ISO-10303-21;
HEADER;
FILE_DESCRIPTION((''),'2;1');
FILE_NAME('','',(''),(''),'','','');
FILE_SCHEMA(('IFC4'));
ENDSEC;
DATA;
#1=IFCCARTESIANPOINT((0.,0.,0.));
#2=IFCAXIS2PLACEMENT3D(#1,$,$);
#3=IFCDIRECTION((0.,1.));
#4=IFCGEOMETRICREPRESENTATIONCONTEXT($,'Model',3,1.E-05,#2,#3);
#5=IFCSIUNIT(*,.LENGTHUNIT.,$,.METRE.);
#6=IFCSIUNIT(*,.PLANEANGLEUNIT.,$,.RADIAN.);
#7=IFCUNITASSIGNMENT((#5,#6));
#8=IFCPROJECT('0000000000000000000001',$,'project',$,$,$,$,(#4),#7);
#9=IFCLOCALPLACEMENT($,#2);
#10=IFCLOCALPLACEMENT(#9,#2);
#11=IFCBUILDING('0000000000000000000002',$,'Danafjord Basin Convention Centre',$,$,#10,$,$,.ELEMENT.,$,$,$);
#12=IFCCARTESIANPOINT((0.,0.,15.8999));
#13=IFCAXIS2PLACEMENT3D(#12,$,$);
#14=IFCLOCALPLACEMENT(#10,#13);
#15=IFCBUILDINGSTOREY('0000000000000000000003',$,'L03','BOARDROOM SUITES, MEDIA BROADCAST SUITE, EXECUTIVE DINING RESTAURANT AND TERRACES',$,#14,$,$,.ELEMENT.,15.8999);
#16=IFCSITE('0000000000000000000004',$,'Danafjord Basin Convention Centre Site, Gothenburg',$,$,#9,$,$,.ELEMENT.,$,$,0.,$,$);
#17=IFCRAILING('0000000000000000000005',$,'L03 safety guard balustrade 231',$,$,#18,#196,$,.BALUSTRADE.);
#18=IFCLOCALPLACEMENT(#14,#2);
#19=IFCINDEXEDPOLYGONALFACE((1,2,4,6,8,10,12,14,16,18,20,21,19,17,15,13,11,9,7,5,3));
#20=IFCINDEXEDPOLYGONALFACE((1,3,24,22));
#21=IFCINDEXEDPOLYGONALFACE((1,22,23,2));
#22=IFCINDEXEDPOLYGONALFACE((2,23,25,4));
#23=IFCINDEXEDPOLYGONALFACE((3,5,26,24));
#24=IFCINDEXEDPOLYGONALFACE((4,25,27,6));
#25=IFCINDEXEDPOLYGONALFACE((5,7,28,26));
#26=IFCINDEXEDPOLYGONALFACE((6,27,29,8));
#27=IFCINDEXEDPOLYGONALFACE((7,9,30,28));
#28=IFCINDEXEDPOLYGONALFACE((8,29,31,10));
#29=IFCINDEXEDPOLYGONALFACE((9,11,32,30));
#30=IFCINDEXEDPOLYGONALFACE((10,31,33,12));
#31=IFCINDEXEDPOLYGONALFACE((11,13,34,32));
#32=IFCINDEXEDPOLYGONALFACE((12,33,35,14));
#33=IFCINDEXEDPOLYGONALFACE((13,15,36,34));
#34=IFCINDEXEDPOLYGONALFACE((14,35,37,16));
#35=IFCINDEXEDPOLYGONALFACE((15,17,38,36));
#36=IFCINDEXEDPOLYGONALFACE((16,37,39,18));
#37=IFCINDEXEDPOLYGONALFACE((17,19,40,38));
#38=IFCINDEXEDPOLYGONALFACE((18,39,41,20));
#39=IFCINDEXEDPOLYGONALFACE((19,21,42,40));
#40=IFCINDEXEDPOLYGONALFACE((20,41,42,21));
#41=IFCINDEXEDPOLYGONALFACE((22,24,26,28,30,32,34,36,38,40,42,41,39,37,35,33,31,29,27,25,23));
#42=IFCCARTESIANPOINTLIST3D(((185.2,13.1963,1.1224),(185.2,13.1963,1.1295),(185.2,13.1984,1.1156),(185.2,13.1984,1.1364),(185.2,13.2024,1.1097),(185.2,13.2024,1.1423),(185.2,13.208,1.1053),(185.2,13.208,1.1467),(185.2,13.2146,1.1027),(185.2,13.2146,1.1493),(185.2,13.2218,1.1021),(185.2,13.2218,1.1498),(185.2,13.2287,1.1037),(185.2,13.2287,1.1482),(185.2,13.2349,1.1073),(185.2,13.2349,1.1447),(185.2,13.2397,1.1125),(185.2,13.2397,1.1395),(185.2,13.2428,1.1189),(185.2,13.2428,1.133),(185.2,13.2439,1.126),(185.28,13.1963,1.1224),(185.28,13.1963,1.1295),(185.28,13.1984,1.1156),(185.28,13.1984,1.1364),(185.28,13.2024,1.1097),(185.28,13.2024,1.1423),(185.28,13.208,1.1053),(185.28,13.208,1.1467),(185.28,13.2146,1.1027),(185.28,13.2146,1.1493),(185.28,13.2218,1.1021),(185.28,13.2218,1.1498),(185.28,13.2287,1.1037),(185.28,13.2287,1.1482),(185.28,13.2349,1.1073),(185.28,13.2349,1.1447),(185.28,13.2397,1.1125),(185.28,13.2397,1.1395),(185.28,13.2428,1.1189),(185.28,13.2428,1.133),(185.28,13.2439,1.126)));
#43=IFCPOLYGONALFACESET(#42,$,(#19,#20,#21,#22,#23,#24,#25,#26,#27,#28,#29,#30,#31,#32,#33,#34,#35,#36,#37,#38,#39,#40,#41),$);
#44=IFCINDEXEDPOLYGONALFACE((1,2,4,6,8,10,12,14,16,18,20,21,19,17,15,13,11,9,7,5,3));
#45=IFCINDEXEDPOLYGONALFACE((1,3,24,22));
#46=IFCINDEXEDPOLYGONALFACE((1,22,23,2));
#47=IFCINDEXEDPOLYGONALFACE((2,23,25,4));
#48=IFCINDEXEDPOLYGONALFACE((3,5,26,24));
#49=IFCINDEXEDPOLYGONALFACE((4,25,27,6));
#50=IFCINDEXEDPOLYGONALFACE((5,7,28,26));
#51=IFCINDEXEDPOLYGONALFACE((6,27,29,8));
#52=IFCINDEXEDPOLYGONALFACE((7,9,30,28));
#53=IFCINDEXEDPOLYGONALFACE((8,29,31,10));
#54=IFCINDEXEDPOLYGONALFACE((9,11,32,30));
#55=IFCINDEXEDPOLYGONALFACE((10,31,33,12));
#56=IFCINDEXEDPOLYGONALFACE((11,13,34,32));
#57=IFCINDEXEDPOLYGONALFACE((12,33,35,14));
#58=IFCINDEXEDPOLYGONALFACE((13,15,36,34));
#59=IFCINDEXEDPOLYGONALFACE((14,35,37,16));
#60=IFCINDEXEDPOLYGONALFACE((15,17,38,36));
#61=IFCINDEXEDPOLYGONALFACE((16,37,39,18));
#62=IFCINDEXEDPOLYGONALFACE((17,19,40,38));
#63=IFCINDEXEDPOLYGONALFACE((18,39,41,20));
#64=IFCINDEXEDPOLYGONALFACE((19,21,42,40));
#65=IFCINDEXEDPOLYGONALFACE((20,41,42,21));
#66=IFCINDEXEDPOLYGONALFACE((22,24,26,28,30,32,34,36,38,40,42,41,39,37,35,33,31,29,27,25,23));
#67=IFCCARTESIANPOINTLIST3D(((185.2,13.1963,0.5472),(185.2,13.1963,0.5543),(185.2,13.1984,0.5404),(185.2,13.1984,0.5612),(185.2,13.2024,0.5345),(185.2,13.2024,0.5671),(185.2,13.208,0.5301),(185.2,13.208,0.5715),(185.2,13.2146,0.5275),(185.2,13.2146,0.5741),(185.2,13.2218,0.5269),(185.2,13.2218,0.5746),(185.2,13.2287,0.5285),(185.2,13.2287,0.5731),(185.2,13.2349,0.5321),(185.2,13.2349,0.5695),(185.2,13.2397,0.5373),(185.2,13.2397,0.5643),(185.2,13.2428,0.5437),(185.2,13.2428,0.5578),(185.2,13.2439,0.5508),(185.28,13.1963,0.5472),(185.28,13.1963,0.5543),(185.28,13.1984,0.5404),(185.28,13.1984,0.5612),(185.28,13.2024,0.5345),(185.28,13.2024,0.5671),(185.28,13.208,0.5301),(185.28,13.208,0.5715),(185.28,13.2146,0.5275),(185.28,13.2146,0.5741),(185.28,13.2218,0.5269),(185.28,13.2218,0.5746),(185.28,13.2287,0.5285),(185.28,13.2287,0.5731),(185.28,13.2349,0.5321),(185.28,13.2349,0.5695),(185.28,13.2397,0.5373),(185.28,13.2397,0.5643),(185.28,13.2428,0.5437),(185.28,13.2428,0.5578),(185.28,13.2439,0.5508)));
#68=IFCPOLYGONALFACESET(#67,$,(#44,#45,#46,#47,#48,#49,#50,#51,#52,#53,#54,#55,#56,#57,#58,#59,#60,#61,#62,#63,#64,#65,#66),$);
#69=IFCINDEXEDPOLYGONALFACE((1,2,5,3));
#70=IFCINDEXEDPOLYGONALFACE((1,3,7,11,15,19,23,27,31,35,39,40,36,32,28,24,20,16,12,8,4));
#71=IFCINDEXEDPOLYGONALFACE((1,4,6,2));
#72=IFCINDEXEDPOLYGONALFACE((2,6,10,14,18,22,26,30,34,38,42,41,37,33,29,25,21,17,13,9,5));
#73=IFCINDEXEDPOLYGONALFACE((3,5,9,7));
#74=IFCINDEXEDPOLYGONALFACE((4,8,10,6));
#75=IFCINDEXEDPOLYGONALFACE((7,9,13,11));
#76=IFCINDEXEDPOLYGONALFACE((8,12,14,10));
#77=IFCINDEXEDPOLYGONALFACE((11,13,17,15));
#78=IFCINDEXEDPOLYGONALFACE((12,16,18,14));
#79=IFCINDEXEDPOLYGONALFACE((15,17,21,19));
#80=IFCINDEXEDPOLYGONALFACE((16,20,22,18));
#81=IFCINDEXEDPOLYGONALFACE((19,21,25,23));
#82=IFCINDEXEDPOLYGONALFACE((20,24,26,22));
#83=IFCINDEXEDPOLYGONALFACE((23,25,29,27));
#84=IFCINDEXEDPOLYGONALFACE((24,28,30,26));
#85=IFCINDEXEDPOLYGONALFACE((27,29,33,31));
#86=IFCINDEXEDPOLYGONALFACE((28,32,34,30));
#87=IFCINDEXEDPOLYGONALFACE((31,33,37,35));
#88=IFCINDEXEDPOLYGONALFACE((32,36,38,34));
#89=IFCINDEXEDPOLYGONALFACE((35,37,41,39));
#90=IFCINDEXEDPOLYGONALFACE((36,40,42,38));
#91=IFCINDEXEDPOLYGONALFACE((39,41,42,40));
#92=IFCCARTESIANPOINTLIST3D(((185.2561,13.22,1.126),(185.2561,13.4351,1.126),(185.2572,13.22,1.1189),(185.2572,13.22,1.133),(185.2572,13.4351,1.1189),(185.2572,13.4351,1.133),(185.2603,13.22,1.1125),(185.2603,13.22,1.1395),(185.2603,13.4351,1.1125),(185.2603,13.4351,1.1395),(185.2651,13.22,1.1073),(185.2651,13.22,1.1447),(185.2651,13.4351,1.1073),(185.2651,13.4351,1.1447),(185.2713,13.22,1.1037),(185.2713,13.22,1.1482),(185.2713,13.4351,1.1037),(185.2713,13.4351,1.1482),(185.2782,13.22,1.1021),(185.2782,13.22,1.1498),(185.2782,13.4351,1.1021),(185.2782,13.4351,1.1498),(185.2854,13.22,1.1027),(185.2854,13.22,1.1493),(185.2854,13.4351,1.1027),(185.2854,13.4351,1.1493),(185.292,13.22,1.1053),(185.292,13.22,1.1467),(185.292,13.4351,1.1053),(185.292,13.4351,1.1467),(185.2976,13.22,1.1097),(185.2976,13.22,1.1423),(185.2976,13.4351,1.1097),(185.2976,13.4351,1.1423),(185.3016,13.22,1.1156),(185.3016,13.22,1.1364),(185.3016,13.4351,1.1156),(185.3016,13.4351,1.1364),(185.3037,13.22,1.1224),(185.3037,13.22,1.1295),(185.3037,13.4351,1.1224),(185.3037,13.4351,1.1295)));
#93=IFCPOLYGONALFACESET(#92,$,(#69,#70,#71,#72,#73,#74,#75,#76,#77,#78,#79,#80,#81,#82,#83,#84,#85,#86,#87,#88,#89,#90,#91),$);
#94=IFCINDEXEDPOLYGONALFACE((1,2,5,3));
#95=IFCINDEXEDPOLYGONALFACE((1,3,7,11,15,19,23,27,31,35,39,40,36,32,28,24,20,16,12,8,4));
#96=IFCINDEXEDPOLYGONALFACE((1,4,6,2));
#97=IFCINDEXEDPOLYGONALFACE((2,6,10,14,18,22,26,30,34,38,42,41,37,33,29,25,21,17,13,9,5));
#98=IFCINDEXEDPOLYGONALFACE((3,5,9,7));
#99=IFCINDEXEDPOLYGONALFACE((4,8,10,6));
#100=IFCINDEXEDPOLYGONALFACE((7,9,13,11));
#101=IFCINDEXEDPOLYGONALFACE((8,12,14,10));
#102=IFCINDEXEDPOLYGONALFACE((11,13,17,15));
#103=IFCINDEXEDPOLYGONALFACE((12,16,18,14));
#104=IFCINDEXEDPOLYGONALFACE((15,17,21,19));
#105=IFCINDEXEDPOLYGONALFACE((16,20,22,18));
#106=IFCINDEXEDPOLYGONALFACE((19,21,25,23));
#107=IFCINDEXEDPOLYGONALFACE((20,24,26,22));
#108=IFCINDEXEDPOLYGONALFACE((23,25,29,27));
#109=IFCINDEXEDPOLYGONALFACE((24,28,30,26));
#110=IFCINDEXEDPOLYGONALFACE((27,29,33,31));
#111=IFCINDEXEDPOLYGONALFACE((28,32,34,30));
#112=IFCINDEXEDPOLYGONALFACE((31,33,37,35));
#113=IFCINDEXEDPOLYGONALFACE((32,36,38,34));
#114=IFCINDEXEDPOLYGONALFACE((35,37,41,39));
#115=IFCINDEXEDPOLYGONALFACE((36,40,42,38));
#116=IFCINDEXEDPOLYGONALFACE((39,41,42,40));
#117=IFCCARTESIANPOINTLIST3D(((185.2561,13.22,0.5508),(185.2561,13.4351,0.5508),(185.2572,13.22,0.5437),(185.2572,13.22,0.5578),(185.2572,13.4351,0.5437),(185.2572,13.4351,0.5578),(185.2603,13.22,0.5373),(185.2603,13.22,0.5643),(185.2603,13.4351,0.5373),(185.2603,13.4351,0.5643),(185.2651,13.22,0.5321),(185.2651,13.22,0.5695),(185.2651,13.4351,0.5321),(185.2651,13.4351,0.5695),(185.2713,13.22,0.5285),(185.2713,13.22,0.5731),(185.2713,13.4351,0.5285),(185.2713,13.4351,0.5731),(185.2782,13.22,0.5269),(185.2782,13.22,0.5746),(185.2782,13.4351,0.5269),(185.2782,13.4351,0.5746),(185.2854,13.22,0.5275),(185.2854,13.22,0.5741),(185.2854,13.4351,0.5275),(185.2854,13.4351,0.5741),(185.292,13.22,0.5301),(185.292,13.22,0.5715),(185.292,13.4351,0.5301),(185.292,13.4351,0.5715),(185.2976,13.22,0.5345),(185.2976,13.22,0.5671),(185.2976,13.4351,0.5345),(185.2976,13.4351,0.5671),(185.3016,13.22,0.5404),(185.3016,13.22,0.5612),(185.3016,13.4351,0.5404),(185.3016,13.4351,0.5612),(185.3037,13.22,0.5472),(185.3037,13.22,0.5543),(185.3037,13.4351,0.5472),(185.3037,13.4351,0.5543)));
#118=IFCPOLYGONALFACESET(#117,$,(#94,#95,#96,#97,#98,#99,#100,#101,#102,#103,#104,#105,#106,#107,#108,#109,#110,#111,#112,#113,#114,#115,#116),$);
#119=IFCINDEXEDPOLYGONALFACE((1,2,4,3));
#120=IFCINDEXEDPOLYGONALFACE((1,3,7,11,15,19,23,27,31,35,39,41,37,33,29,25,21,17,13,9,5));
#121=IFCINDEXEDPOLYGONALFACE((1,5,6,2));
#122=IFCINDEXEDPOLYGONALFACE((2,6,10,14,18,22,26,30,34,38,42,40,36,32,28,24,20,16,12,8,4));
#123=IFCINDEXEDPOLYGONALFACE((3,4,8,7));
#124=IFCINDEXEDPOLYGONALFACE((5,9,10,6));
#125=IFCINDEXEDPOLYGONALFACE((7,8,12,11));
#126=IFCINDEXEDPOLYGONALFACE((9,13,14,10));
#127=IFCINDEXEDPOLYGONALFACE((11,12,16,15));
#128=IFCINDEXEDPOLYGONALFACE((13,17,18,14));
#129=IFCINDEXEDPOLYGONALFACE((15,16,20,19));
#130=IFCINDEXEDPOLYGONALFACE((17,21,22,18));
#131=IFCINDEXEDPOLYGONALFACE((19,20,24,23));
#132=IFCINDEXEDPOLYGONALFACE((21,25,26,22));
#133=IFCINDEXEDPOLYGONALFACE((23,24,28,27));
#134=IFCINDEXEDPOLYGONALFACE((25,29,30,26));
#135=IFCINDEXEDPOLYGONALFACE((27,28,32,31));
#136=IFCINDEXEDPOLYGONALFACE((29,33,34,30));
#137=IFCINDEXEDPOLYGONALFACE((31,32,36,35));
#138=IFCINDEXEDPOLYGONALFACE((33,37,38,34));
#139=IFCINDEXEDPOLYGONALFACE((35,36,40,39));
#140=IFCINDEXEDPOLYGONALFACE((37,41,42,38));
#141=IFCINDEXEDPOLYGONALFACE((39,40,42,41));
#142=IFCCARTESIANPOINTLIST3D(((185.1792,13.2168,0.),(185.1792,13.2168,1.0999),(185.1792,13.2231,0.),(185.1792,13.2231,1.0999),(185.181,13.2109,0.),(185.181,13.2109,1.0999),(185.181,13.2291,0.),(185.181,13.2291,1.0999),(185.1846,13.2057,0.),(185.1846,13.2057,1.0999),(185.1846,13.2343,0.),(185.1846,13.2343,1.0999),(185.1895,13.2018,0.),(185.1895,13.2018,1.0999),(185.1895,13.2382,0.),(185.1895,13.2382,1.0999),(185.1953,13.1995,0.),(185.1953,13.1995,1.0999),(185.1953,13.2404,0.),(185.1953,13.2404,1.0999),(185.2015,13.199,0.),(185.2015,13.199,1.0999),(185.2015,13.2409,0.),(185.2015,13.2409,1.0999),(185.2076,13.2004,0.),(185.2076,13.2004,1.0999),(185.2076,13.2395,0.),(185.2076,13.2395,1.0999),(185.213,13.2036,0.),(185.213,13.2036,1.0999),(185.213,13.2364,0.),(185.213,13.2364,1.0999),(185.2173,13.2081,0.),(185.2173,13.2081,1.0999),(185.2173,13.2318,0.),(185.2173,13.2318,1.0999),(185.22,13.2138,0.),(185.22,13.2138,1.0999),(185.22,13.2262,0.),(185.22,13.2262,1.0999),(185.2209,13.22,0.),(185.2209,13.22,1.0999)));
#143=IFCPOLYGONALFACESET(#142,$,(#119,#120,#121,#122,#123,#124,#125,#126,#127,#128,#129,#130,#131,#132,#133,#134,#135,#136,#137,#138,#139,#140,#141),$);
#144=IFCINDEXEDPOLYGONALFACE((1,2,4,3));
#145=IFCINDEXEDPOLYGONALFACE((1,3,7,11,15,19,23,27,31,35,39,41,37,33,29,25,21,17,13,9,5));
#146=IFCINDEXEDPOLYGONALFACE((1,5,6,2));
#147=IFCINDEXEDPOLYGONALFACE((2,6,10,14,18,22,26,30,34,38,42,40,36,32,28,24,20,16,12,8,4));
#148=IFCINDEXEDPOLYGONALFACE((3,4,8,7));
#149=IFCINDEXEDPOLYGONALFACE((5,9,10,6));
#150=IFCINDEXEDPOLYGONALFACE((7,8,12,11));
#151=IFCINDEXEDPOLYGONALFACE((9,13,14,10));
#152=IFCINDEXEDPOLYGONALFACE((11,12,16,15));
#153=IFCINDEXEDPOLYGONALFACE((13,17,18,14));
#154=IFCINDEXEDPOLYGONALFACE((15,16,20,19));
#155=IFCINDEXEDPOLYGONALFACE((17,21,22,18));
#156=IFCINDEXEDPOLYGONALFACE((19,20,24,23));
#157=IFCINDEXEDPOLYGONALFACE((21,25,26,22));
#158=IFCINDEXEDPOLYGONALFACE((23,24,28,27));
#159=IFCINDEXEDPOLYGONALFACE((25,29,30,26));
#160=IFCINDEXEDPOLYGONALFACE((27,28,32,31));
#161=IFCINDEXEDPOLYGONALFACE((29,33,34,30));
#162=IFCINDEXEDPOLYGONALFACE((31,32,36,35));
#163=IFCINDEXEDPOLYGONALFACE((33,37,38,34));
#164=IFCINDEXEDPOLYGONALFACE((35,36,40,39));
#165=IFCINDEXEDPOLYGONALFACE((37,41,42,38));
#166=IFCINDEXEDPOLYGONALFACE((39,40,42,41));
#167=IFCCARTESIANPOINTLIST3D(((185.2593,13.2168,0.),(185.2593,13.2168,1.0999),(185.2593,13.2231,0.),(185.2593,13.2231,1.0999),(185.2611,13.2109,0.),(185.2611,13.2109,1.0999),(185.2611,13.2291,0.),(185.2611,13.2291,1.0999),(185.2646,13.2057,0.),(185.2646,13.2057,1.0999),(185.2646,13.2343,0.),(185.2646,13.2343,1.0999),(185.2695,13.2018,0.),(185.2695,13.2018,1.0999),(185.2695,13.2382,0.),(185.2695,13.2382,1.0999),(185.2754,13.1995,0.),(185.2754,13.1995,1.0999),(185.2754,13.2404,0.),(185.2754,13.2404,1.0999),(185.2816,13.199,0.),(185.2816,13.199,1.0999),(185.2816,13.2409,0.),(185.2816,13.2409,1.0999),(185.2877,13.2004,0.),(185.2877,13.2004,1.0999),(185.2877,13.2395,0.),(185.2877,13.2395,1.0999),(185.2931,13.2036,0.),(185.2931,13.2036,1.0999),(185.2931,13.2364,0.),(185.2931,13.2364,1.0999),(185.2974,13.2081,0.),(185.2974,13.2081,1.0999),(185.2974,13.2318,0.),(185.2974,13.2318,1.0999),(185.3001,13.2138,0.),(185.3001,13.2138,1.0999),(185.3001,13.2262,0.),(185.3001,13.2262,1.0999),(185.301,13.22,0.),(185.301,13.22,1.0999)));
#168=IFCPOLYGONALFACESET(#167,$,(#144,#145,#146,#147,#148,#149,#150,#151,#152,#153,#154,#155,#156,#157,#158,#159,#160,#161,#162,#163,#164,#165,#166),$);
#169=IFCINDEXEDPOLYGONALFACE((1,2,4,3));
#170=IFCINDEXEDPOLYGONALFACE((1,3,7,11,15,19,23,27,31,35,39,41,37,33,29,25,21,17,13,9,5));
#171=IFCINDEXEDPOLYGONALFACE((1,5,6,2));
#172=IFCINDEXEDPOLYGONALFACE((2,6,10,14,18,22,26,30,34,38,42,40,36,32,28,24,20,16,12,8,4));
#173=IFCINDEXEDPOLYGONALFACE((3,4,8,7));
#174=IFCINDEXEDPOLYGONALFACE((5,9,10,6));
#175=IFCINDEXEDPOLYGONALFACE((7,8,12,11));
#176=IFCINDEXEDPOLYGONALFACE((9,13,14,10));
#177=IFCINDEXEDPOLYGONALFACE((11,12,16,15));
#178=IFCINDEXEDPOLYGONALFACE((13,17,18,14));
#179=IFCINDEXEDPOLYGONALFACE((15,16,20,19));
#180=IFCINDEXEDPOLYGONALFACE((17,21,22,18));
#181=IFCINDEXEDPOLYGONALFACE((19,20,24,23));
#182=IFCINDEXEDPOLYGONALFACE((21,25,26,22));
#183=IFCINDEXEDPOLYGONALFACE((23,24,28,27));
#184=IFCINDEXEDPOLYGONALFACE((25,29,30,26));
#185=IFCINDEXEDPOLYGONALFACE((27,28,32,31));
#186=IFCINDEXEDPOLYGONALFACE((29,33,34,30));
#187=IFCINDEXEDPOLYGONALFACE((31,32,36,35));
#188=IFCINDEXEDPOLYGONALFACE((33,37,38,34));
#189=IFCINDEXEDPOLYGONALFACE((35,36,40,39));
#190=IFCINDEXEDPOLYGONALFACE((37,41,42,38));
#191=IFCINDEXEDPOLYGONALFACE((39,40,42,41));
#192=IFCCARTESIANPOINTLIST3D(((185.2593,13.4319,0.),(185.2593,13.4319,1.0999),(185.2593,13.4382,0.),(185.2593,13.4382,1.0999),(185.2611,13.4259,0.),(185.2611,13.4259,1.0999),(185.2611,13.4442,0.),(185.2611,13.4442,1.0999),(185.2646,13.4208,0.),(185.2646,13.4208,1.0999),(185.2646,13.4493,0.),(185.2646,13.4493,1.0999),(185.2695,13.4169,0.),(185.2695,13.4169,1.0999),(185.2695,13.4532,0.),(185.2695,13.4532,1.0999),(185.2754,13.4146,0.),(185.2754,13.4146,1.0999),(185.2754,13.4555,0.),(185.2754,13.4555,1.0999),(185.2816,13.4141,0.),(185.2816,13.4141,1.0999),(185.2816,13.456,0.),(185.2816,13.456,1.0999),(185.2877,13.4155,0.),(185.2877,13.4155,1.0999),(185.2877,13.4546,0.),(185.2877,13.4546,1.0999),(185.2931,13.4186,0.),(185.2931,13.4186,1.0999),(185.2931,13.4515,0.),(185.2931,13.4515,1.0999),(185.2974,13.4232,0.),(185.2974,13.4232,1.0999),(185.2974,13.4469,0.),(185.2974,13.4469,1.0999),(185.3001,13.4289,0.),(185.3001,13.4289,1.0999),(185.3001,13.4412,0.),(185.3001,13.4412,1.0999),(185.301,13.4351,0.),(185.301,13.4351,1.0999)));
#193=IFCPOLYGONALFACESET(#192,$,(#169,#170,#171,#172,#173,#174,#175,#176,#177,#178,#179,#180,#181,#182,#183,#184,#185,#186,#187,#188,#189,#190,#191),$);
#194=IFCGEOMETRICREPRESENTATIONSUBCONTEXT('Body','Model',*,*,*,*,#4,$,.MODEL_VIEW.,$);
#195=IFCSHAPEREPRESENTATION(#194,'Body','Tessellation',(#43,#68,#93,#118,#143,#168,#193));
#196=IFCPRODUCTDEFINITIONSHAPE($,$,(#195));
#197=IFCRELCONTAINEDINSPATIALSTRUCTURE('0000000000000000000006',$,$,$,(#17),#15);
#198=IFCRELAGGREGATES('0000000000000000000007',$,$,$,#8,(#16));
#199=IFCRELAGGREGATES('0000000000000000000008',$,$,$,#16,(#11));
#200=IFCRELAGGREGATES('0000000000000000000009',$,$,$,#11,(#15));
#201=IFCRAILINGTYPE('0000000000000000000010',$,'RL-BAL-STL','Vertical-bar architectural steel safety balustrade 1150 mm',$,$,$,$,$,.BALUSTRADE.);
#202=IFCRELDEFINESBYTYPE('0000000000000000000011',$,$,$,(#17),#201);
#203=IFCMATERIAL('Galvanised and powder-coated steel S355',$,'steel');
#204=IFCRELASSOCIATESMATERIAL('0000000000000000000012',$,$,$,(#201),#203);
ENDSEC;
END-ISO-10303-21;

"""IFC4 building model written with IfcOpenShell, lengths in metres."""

from ifc_helpers import new_model, si_unit, direction, frame, origin, origin_2d, place, context, subcontext, project, spatial, circle, extrude, material, type_object, element, save


model = new_model("IFC4")

# Units and contexts
model_context = context("Model", 3, precision=1e-05, world=origin(), true_north=direction((0.0, 1.0)))
body_context = subcontext(model_context, "Body", "Model", "MODEL_VIEW")
ifc_project = project(units=[si_unit("LENGTHUNIT", "METRE"), si_unit("PLANEANGLEUNIT", "RADIAN")], contexts=[model_context])

# Site, building, storey
site_placement = place(None, origin())
site = spatial("IfcSite", under=ifc_project, at=site_placement, Name="Danafjord Basin Convention Centre Site, Gothenburg", CompositionType="ELEMENT", RefElevation=0.0)
building_placement = place(site_placement, origin())
building = spatial("IfcBuilding", under=site, at=building_placement, Name="Danafjord Basin Convention Centre", CompositionType="ELEMENT")
storey_placement = place(building_placement, frame((0.0, 0.0, 15.8999)))
storey = spatial("IfcBuildingStorey", under=building, at=storey_placement, Name="L03", Description="BOARDROOM SUITES, MEDIA BROADCAST SUITE, EXECUTIVE DINING RESTAURANT AND TERRACES", CompositionType="ELEMENT", Elevation=15.8999)

# Railing
ifc_material_1 = material(Name="Galvanised and powder-coated steel S355", Category="steel")
railing_type_1 = type_object("IfcRailingType", Name="RL-BAL-STL", Description="Vertical-bar architectural steel safety balustrade 1150 mm", PredefinedType="BALUSTRADE", material=ifc_material_1)
railing_1_placement = place(storey_placement, frame((185.2, 13.22, 0.0)))
element("IfcRailing", 1, at=railing_1_placement, inside=storey, type_object=railing_type_1, Name="L03 safety guard balustrade 231", PredefinedType="BALUSTRADE", context=body_context, shape_type="SweptSolid", body=[
    extrude(circle(Radius=0.0239, at=origin_2d()), frame((0.0, 0.0, 1.126), z_axis=(1.0, 0.0, 0.0), x_axis=(0.0, 1.0, 0.0)), (0.0, 0.0, 1.0), 0.0801),
    extrude(circle(Radius=0.0239, at=origin_2d()), frame((0.0, 0.0, 0.5508), z_axis=(1.0, 0.0, 0.0), x_axis=(0.0, 1.0, 0.0)), (0.0, 0.0, 1.0), 0.0801),
    extrude(circle(Radius=0.0239, at=origin_2d()), frame((0.0801, 0.0, 1.126), z_axis=(0.0, 1.0, 0.0), x_axis=(-1.0, 0.0, 0.0)), (0.0, 0.0, 1.0), 0.2151),
    extrude(circle(Radius=0.0239, at=origin_2d()), frame((0.0801, 0.0, 0.5508), z_axis=(0.0, 1.0, 0.0), x_axis=(-1.0, 0.0, 0.0)), (0.0, 0.0, 1.0), 0.2151),
    extrude(circle(Radius=0.021, at=origin_2d()), origin(), (0.0, 0.0, 1.0), 1.0999),
    extrude(circle(Radius=0.021, at=origin_2d()), frame((0.0801, 0.0, 0.0)), (0.0, 0.0, 1.0), 1.0999),
    extrude(circle(Radius=0.021, at=origin_2d()), frame((0.0801, 0.2151, 0.0)), (0.0, 0.0, 1.0), 1.0999),
])

save(model, "model.ifc")
